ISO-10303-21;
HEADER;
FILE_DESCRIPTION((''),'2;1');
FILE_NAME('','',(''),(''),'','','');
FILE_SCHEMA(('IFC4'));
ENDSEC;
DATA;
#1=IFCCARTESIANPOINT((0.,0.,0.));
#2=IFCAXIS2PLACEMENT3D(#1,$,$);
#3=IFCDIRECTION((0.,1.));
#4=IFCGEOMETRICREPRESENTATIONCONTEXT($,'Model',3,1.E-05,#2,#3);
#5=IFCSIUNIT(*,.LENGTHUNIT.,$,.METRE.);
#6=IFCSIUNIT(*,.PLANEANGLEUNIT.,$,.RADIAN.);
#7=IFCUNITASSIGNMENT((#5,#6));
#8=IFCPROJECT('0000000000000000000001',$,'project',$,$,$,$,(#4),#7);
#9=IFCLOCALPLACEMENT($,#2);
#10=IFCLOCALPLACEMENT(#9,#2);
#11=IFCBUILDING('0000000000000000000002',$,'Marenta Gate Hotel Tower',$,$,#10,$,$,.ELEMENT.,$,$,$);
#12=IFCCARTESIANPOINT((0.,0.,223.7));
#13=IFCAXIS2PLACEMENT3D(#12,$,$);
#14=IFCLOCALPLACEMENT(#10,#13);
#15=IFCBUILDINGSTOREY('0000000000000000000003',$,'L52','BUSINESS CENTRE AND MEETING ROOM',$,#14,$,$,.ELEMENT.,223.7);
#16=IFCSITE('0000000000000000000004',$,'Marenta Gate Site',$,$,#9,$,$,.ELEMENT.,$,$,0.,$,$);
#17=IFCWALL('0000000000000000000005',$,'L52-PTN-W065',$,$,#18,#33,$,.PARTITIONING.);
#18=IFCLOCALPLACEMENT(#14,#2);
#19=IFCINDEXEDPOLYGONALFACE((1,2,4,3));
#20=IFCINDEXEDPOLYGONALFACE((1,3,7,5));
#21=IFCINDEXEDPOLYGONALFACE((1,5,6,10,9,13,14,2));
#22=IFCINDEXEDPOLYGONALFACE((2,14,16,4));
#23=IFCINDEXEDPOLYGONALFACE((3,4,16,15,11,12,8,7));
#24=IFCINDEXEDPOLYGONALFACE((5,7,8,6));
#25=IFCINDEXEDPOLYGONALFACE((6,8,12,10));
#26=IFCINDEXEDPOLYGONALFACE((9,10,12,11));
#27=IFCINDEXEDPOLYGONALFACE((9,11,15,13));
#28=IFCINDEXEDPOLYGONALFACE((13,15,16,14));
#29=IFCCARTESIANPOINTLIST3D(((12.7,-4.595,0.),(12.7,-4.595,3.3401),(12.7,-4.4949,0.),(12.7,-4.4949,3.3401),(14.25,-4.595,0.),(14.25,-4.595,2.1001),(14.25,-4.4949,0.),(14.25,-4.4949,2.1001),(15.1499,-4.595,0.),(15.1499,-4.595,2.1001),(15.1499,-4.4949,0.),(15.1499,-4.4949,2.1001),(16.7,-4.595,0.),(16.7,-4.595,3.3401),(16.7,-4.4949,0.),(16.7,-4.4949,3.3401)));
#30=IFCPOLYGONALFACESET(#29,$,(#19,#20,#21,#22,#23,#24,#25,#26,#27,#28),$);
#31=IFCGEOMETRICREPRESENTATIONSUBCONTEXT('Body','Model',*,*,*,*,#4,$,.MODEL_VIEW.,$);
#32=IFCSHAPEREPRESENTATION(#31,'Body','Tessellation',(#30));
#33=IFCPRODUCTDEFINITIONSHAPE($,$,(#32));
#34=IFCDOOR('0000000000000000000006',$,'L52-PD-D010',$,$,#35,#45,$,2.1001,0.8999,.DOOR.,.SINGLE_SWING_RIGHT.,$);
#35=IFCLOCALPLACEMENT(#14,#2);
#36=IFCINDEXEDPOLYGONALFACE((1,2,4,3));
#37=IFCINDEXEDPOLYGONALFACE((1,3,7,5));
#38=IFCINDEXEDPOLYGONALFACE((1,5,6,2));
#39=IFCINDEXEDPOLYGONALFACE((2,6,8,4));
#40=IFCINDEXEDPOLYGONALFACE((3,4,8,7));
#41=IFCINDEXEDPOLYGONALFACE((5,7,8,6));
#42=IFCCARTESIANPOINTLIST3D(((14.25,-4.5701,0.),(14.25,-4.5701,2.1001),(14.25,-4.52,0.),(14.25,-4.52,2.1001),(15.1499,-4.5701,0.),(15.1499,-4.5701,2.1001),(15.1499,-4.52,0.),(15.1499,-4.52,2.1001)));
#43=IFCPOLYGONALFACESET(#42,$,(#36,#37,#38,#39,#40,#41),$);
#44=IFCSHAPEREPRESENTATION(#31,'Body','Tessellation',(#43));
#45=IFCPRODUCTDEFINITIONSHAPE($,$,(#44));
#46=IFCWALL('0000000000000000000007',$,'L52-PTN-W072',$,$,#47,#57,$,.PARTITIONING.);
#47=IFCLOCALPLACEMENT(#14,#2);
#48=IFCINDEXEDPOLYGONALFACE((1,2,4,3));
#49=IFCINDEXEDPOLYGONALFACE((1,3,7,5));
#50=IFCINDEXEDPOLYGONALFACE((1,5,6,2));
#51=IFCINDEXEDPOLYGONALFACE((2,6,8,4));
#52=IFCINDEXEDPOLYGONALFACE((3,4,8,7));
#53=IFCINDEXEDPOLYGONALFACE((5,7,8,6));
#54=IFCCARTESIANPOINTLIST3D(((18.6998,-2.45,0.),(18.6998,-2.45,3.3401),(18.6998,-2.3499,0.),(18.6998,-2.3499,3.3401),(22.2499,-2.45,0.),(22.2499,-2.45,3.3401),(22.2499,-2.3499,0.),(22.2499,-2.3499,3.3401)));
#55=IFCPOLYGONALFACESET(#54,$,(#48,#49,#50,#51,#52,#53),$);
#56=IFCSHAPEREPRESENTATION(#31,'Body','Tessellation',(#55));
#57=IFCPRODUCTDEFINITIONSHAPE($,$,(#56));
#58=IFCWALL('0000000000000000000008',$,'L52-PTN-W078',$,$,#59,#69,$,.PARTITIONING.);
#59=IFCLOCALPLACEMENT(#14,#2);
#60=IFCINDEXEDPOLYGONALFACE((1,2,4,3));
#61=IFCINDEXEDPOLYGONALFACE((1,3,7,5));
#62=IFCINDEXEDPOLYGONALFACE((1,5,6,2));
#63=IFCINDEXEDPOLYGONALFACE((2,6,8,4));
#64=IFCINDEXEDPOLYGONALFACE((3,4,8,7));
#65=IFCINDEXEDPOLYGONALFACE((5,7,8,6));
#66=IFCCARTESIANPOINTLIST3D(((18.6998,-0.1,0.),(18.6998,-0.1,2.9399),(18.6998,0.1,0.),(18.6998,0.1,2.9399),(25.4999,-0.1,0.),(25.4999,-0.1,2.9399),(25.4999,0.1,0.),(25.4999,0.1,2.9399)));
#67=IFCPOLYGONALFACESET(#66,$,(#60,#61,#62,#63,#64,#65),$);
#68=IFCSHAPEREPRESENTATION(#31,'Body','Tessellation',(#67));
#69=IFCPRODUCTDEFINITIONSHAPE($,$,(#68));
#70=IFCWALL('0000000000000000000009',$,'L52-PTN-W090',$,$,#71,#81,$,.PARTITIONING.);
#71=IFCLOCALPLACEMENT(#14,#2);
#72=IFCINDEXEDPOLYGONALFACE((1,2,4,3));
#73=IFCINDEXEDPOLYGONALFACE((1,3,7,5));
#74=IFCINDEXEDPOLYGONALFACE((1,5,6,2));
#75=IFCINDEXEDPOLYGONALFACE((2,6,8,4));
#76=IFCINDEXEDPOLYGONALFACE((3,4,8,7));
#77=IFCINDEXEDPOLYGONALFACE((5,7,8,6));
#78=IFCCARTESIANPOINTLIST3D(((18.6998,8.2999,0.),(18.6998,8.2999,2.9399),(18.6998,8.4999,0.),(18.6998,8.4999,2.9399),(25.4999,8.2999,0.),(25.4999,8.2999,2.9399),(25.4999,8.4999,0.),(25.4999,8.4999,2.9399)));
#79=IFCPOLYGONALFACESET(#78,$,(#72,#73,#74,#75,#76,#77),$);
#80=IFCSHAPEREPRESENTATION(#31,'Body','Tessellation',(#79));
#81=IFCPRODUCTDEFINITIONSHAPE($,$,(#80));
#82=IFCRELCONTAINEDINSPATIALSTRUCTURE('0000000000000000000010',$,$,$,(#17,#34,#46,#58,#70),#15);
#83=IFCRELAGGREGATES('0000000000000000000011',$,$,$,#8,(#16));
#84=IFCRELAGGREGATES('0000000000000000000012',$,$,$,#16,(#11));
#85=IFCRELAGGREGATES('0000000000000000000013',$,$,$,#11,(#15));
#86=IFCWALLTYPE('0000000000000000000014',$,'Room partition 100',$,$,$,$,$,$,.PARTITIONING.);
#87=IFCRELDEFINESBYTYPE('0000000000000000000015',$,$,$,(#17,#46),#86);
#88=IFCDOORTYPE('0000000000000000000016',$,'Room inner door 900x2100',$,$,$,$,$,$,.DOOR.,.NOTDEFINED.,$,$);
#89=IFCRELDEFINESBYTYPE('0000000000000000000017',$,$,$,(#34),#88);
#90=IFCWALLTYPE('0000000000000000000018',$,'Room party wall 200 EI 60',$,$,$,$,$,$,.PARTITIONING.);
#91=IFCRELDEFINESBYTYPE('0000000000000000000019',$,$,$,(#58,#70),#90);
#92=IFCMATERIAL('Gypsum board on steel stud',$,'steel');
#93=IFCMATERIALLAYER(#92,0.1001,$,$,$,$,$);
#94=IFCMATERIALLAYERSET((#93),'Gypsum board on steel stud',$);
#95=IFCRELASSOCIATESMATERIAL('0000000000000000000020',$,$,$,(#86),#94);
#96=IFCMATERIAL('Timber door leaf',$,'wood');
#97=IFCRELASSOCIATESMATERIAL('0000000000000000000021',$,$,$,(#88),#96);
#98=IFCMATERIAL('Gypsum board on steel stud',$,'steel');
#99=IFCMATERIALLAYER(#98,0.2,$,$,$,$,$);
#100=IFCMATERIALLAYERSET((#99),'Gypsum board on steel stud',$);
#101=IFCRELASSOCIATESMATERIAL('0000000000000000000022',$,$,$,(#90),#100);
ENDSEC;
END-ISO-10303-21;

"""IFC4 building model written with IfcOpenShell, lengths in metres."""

from ifc_helpers import new_model, si_unit, direction, frame, frame_2d, origin, place, context, subcontext, project, spatial, rectangle, extrude, material, layer, layer_set, type_object, element, fill, save


model = new_model("IFC4")

# Units and contexts
model_context = context("Model", 3, precision=1e-05, world=origin(), true_north=direction((0.0, 1.0)))
body_context = subcontext(model_context, "Body", "Model", "MODEL_VIEW")
ifc_project = project(units=[si_unit("LENGTHUNIT", "METRE"), si_unit("PLANEANGLEUNIT", "RADIAN")], contexts=[model_context])

# Site, building, storey
site_placement = place(None, origin())
site = spatial("IfcSite", under=ifc_project, at=site_placement, Name="Marenta Gate Site", CompositionType="ELEMENT", RefElevation=0.0)
building_placement = place(site_placement, origin())
building = spatial("IfcBuilding", under=site, at=building_placement, Name="Marenta Gate Hotel Tower", CompositionType="ELEMENT")
storey_placement = place(building_placement, frame((0.0, 0.0, 223.7)))
storey = spatial("IfcBuildingStorey", under=building, at=storey_placement, Name="L52", Description="BUSINESS CENTRE AND MEETING ROOM", CompositionType="ELEMENT", Elevation=223.7)

# Shared definitions
ifc_material_1 = material(Name="Gypsum board on steel stud", Category="steel")
ifc_layer_1 = layer(ifc_material_1, 0.1001)
ifc_layer_set_1 = layer_set([ifc_layer_1], Name="Gypsum board on steel stud")
wall_type_1 = type_object("IfcWallType", Name="Room partition 100", PredefinedType="PARTITIONING", material=ifc_layer_set_1)

# Wall, opening, door
wall_1_placement = place(storey_placement, frame((12.7, -4.5449, 0.0), z_axis=(0.0, 0.0, 1.0), x_axis=(1.0, 0.0, 0.0)))
wall_1 = element("IfcWall", 1, at=wall_1_placement, inside=storey, type_object=wall_type_1, Name="L52-PTN-W065", PredefinedType="PARTITIONING", context=body_context, shape_type="SweptSolid", body=[
    extrude(rectangle(XDim=4.0, YDim=0.1001, at=frame_2d((2.0, 0.0))), origin(), (0.0, 0.0, 1.0), 3.3401),
])
opening_1_placement = place(wall_1_placement, frame((1.55, 0.0, 0.0)))
opening_1 = element("IfcOpeningElement", 2, at=opening_1_placement, cuts=wall_1, PredefinedType="OPENING", context=body_context, shape_type="SweptSolid", body=[
    extrude(rectangle(XDim=0.8999, YDim=2.1001, at=frame_2d((0.45, 1.05))), frame((0.0, 0.05, 0.0), z_axis=(0.0, -1.0, 0.0), x_axis=(1.0, 0.0, 0.0)), (0.0, 0.0, 1.0), 0.1001),
])
ifc_material_2 = material(Name="Timber door leaf", Category="wood")
door_type_1 = type_object("IfcDoorType", Name="Room inner door 900x2100", OperationType="NOTDEFINED", PredefinedType="DOOR", material=ifc_material_2)
door_1_placement = place(opening_1_placement, origin())
door_1 = element("IfcDoor", 3, at=door_1_placement, inside=storey, type_object=door_type_1, Name="L52-PD-D010", OperationType="SINGLE_SWING_RIGHT", OverallHeight=2.1001, OverallWidth=0.8999, PredefinedType="DOOR", context=body_context, shape_type="SweptSolid", body=[
    extrude(rectangle(XDim=0.8999, YDim=2.1001, at=frame_2d((0.45, 1.05))), frame((0.0, 0.0249, 0.0), z_axis=(0.0, -1.0, 0.0), x_axis=(1.0, 0.0, 0.0)), (0.0, 0.0, 1.0), 0.05),
])
fill(opening_1, door_1)

# Walls
wall_2_placement = place(storey_placement, frame((18.7, -2.3999, 0.0), z_axis=(0.0, 0.0, 1.0), x_axis=(1.0, 0.0, 0.0)))
element("IfcWall", 4, at=wall_2_placement, inside=storey, type_object=wall_type_1, Name="L52-PTN-W072", PredefinedType="PARTITIONING", context=body_context, shape_type="SweptSolid", body=[
    extrude(rectangle(XDim=3.55, YDim=0.1001, at=frame_2d((1.7749, 0.0))), origin(), (0.0, 0.0, 1.0), 3.3401),
])
ifc_material_3 = material(Name="Gypsum board on steel stud", Category="steel")
ifc_layer_2 = layer(ifc_material_3, 0.2)
ifc_layer_set_2 = layer_set([ifc_layer_2], Name="Gypsum board on steel stud")
wall_type_2 = type_object("IfcWallType", Name="Room party wall 200 EI 60", PredefinedType="PARTITIONING", material=ifc_layer_set_2)
for number, where, z_axis, x_axis, name in (
    (5, (18.7, 0.0, 0.0), (0.0, 0.0, 1.0), (1.0, 0.0, 0.0), "L52-PTN-W078"),
    (6, (18.7, 8.3999, 0.0), (0.0, 0.0, 1.0), (1.0, 0.0, 0.0), "L52-PTN-W090"),
):
    element("IfcWall", number, at=place(storey_placement, frame(where, z_axis=z_axis, x_axis=x_axis)), inside=storey, type_object=wall_type_2, Name=name, PredefinedType="PARTITIONING", context=body_context, shape_type="SweptSolid", body=[
        extrude(rectangle(XDim=6.8, YDim=0.2, at=frame_2d((3.3999, 0.0))), origin(), (0.0, 0.0, 1.0), 2.9399),
    ])

save(model, "model.ifc")
